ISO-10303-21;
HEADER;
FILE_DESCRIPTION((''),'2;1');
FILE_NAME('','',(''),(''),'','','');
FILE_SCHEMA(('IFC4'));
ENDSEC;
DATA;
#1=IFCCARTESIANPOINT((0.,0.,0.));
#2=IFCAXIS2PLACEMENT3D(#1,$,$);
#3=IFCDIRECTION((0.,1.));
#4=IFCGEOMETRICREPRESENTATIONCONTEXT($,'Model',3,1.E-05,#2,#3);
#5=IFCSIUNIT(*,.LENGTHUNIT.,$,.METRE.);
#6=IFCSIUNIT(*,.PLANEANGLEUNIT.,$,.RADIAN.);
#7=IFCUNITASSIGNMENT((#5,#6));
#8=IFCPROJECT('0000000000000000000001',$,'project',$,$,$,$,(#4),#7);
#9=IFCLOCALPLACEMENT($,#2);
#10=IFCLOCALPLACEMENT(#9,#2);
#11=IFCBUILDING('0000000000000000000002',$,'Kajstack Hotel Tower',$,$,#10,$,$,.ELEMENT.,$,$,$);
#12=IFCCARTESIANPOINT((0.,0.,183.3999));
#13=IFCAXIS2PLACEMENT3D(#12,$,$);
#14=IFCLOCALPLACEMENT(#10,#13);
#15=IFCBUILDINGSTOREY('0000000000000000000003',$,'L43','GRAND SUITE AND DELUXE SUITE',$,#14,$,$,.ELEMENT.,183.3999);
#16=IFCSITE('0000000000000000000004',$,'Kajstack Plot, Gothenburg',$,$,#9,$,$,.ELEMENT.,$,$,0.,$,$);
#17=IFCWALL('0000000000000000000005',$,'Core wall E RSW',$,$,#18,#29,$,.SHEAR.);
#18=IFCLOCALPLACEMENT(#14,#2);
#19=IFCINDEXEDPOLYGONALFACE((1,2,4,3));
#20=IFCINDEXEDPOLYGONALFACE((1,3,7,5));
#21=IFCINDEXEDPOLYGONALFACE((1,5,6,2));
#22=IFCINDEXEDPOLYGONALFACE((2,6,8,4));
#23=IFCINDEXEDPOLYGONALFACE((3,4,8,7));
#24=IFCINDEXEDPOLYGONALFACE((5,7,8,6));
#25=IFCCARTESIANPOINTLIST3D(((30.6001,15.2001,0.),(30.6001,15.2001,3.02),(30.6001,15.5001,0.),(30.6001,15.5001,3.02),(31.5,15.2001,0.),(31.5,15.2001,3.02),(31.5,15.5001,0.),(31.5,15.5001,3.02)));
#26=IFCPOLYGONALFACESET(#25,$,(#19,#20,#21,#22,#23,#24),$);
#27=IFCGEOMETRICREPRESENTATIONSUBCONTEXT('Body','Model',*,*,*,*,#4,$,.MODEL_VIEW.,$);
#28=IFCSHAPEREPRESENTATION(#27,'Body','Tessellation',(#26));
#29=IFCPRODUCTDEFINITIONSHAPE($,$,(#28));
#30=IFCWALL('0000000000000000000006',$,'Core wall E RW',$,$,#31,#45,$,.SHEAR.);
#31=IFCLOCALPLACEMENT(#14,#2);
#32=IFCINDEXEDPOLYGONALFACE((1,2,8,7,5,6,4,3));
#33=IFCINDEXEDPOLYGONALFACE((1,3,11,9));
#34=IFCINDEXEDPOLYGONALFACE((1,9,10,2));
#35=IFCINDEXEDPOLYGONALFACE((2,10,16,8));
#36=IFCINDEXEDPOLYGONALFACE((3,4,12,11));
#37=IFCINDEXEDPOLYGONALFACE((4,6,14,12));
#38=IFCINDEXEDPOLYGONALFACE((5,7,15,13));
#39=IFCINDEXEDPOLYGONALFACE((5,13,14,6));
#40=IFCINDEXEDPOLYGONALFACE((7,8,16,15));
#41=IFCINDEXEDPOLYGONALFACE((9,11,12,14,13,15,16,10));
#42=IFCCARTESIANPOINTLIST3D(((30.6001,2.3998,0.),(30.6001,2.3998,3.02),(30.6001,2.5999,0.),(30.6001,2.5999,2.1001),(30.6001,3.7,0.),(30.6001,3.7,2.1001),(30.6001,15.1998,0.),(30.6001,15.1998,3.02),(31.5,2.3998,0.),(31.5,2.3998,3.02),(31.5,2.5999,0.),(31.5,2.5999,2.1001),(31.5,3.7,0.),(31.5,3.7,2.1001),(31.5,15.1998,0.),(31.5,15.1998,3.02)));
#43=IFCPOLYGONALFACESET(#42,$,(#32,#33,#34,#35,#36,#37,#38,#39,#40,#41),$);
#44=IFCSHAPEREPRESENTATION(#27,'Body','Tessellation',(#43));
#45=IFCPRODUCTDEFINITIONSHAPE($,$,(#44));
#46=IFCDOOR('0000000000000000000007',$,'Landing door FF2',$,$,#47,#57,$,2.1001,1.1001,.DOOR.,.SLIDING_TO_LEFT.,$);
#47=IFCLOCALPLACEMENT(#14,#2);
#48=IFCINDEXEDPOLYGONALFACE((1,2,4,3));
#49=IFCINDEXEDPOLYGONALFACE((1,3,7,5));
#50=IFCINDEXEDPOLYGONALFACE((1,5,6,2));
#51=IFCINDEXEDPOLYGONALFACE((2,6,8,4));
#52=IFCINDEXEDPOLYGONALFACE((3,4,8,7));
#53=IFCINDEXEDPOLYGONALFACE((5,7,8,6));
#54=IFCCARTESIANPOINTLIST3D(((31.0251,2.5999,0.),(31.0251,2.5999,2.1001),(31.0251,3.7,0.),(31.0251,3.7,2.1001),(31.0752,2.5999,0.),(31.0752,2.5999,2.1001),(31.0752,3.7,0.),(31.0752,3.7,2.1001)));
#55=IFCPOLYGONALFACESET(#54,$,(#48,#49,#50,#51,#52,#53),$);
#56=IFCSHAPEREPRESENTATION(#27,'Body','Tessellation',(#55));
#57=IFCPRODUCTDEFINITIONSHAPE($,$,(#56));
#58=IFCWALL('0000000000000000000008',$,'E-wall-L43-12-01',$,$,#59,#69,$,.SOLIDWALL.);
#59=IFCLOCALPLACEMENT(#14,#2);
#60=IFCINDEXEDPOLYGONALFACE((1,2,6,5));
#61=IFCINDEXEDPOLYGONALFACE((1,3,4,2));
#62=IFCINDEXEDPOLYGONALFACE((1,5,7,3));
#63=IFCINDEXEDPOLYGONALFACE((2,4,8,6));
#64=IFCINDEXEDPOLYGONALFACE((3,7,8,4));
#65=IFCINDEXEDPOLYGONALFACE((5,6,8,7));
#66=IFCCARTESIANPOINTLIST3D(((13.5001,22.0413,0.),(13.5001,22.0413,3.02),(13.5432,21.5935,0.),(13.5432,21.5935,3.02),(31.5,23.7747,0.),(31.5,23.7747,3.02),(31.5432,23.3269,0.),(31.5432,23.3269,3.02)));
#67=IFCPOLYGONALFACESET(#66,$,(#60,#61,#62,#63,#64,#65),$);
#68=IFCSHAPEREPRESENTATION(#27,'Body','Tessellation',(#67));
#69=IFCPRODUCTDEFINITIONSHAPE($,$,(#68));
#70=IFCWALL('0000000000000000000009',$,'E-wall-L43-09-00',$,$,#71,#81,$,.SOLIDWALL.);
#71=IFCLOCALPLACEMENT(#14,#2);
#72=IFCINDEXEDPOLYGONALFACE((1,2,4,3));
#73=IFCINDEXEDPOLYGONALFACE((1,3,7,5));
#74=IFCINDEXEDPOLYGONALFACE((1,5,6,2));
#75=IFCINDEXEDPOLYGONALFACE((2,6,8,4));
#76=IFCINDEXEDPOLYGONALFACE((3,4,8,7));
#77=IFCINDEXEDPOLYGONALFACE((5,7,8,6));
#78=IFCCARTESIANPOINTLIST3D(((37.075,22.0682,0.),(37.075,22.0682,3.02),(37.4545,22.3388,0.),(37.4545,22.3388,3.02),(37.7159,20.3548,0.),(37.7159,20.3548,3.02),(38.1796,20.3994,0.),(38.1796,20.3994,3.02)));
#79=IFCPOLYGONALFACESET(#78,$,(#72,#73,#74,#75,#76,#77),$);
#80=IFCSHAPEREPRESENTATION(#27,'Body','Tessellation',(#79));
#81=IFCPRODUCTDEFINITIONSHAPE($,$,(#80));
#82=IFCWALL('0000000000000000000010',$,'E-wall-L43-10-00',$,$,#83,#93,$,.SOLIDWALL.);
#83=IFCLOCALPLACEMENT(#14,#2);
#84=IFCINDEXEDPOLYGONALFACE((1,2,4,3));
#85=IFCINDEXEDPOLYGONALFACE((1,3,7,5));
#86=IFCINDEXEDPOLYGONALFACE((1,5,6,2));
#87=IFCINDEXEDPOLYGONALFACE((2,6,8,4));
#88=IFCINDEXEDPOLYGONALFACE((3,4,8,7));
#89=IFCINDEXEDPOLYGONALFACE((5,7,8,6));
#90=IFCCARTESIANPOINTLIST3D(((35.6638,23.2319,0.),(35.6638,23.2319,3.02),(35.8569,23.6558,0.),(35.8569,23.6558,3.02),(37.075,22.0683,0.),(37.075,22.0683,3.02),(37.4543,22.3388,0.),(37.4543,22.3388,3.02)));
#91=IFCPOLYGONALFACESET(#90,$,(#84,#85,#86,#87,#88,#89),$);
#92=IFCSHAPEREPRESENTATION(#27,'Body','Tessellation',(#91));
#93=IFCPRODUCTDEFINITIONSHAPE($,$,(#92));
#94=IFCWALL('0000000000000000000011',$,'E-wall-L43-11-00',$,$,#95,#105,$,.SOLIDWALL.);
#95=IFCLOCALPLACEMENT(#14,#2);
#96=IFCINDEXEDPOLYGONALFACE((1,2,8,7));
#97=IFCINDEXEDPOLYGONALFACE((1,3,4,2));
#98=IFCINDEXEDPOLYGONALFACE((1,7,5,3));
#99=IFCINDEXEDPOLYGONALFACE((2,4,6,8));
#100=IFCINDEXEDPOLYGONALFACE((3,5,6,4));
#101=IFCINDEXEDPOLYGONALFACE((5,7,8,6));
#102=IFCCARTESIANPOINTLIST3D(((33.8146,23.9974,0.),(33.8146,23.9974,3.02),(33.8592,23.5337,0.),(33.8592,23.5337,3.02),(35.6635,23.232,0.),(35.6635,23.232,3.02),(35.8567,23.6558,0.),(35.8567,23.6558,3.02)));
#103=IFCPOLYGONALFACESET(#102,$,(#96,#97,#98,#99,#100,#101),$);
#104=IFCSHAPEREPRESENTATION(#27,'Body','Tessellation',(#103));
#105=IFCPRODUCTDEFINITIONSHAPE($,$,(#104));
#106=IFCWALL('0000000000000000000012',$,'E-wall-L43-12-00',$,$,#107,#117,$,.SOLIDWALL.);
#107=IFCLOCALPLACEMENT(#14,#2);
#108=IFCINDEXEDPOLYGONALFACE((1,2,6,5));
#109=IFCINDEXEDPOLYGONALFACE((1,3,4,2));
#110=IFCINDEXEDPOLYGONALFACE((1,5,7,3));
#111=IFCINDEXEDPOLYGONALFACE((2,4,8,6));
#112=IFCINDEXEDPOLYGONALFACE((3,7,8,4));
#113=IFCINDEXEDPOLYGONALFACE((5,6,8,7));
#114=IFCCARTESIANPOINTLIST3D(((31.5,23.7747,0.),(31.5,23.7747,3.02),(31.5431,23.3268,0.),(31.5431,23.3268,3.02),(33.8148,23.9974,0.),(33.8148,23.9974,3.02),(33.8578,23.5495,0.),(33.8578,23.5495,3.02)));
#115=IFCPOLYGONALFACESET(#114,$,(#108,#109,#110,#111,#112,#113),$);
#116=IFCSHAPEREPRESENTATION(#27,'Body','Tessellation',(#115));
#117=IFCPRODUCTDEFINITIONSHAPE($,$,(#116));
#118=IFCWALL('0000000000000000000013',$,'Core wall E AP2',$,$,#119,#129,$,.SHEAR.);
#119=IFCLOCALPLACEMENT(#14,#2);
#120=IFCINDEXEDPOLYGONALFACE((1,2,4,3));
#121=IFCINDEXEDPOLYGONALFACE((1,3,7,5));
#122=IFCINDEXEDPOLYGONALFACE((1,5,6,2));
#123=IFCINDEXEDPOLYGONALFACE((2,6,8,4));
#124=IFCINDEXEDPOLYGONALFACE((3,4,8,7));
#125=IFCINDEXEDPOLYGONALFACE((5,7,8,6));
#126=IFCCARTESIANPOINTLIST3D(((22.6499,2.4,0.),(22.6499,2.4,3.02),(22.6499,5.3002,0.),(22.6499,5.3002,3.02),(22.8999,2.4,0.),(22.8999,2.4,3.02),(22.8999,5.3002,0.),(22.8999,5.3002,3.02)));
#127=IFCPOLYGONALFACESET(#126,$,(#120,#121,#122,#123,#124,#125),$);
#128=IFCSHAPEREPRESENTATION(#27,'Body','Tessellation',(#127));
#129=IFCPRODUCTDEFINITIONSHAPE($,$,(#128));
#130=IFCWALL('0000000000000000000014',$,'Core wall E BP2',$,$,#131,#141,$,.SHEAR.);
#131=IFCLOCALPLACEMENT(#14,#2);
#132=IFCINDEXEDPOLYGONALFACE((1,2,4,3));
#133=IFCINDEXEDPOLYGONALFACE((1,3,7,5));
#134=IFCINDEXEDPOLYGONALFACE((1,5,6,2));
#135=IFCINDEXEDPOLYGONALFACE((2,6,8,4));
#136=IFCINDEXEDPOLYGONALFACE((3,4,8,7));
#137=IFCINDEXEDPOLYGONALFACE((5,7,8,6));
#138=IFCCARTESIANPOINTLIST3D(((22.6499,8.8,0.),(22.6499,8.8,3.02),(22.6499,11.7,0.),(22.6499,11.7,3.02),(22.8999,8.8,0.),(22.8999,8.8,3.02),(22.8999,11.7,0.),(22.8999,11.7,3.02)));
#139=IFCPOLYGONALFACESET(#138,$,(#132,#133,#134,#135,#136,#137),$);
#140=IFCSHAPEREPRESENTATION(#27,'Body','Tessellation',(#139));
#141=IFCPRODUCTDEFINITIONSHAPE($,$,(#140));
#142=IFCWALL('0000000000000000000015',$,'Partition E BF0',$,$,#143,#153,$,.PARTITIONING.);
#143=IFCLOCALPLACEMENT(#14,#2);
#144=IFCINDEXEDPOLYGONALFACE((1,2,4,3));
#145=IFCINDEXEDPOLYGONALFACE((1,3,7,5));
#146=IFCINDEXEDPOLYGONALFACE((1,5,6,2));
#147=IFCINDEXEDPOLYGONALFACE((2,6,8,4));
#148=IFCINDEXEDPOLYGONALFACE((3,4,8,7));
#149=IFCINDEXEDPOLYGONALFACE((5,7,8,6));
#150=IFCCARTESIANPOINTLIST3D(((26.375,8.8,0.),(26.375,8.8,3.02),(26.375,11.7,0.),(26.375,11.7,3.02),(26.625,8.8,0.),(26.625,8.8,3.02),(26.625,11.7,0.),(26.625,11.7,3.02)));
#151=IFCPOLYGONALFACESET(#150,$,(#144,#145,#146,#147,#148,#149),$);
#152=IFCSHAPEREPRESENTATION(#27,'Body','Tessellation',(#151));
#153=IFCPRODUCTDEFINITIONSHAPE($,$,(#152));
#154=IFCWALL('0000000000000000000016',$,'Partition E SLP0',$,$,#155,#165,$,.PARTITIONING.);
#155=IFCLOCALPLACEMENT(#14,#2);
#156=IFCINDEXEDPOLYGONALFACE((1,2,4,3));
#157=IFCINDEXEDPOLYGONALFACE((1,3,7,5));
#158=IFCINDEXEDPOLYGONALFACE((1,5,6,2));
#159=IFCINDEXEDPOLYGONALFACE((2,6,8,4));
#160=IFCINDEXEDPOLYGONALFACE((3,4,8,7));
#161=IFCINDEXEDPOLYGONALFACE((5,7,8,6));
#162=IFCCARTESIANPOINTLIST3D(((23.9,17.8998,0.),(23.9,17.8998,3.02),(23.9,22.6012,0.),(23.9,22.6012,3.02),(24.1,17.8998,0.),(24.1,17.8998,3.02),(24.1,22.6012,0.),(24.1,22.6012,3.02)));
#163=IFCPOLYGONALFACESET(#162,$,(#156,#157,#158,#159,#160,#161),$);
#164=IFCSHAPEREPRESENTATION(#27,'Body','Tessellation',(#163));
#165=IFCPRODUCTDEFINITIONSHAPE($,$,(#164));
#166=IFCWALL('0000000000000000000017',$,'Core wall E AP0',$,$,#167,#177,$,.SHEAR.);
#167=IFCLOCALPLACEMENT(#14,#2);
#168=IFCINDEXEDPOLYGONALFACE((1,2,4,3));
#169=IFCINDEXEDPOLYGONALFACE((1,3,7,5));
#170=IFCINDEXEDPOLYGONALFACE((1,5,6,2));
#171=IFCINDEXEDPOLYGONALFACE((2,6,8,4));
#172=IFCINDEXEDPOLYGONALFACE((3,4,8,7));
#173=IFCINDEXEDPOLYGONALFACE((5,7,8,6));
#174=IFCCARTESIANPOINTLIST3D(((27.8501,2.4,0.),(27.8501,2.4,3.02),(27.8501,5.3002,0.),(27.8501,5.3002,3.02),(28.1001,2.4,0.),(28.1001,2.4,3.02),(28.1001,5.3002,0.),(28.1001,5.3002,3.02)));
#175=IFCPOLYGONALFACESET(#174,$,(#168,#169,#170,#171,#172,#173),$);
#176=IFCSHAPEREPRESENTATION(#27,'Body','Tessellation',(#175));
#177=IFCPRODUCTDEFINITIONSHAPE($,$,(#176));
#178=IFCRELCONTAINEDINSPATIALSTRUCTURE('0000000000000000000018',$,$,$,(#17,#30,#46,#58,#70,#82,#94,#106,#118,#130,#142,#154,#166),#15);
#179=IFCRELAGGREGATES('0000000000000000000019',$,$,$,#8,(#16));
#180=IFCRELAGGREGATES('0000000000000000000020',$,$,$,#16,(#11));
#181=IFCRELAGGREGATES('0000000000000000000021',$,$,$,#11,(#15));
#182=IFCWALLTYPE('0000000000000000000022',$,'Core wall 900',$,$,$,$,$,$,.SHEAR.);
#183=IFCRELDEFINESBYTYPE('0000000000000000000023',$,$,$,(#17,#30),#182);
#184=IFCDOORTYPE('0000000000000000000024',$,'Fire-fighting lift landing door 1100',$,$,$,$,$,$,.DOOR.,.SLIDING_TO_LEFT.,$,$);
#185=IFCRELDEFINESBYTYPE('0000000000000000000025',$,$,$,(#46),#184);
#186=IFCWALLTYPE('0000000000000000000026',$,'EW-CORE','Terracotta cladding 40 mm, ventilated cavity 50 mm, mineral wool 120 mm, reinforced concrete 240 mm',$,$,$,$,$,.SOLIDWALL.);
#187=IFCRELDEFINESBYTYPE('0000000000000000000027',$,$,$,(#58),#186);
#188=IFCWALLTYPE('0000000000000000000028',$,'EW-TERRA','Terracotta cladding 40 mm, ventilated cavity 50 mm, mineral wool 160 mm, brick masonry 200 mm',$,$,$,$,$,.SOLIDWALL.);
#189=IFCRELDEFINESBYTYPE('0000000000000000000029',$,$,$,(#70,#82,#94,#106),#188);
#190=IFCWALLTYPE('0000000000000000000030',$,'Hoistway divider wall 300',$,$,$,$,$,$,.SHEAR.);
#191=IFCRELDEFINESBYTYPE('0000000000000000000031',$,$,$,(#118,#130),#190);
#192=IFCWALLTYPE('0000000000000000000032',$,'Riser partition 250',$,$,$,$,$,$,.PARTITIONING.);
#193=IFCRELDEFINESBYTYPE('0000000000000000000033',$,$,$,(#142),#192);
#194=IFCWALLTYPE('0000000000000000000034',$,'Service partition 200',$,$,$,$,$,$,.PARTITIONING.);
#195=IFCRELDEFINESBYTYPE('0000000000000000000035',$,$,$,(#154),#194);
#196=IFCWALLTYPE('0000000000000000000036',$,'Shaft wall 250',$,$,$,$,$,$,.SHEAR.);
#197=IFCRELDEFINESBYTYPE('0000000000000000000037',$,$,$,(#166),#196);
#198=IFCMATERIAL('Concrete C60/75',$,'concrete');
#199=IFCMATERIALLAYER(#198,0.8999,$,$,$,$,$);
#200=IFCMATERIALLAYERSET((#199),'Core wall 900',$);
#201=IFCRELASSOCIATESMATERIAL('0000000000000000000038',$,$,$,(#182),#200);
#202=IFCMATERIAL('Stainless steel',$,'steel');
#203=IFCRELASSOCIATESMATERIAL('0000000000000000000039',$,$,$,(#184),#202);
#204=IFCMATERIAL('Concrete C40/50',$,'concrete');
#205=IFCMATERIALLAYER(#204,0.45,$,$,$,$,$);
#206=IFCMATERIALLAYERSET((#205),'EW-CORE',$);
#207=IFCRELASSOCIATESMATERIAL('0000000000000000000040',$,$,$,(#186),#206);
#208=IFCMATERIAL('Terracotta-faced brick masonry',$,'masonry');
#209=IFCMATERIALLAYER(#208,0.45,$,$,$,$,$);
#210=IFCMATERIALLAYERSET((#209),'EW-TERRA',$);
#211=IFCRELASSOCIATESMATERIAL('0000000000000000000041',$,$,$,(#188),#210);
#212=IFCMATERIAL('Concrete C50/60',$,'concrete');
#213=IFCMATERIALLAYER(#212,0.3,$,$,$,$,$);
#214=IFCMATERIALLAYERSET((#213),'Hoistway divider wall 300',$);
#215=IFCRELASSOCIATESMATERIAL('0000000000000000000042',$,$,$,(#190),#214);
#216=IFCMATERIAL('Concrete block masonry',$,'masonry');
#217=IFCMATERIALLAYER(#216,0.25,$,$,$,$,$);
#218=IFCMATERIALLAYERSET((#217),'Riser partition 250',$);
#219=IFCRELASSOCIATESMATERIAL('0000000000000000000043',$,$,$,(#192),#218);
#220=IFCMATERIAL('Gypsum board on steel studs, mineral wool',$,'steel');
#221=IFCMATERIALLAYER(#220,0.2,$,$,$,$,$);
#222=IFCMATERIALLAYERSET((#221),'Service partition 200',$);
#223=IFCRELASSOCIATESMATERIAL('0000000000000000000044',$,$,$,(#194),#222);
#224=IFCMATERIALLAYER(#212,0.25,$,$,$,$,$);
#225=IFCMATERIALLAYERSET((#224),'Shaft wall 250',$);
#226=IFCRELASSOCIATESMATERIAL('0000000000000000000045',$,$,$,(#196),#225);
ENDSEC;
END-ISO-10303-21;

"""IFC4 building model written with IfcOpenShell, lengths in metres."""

from ifc_helpers import new_model, si_unit, direction, frame, frame_2d, origin, place, context, subcontext, project, spatial, polyline, rectangle, outline, extrude, material, layer, layer_set, type_object, element, fill, save


model = new_model("IFC4")

# Units and contexts
model_context = context("Model", 3, precision=1e-05, world=origin(), true_north=direction((0.0, 1.0)))
body_context = subcontext(model_context, "Body", "Model", "MODEL_VIEW")
ifc_project = project(units=[si_unit("LENGTHUNIT", "METRE"), si_unit("PLANEANGLEUNIT", "RADIAN")], contexts=[model_context])

# Site, building, storey
site_placement = place(None, origin())
site = spatial("IfcSite", under=ifc_project, at=site_placement, Name="Kajstack Plot, Gothenburg", CompositionType="ELEMENT", RefElevation=0.0)
building_placement = place(site_placement, origin())
building = spatial("IfcBuilding", under=site, at=building_placement, Name="Kajstack Hotel Tower", CompositionType="ELEMENT")
storey_placement = place(building_placement, frame((0.0, 0.0, 183.3999)))
storey = spatial("IfcBuildingStorey", under=building, at=storey_placement, Name="L43", Description="GRAND SUITE AND DELUXE SUITE", CompositionType="ELEMENT", Elevation=183.3999)

# Wall
ifc_material_1 = material(Name="Concrete C60/75", Category="concrete")
ifc_layer_1 = layer(ifc_material_1, 0.8999)
ifc_layer_set_1 = layer_set([ifc_layer_1], Name="Core wall 900")
wall_type_1 = type_object("IfcWallType", Name="Core wall 900", PredefinedType="SHEAR", material=ifc_layer_set_1)
wall_1_placement = place(storey_placement, frame((30.6001, 15.3501, 0.0), z_axis=(0.0, 0.0, 1.0), x_axis=(1.0, 0.0, 0.0)))
element("IfcWall", 1, at=wall_1_placement, inside=storey, type_object=wall_type_1, Name="Core wall E RSW", PredefinedType="SHEAR", context=body_context, shape_type="SweptSolid", body=[
    extrude(rectangle(XDim=0.8999, YDim=0.3, at=frame_2d((0.45, 0.0))), origin(), (0.0, 0.0, 1.0), 3.02),
])

# Wall, opening, door
wall_2_placement = place(storey_placement, frame((31.05, 2.3999, 0.0), z_axis=(0.0, 0.0, 1.0), x_axis=(0.0, 1.0, 0.0)))
wall_2 = element("IfcWall", 2, at=wall_2_placement, inside=storey, type_object=wall_type_1, Name="Core wall E RW", PredefinedType="SHEAR", context=body_context, shape_type="SweptSolid", body=[
    extrude(rectangle(XDim=12.8, YDim=0.8999, at=frame_2d((6.3999, 0.0))), origin(), (0.0, 0.0, 1.0), 3.02),
])
opening_1_placement = place(wall_2_placement, frame((0.2, 0.0, 0.0)))
opening_1 = element("IfcOpeningElement", 3, at=opening_1_placement, cuts=wall_2, PredefinedType="OPENING", context=body_context, shape_type="SweptSolid", body=[
    extrude(rectangle(XDim=1.1001, YDim=2.1001, at=frame_2d((0.55, 1.05))), frame((0.0, 0.46, 0.0), z_axis=(0.0, -1.0, 0.0), x_axis=(1.0, 0.0, 0.0)), (0.0, 0.0, 1.0), 0.9199),
])
ifc_material_2 = material(Name="Stainless steel", Category="steel")
door_type_1 = type_object("IfcDoorType", Name="Fire-fighting lift landing door 1100", OperationType="SLIDING_TO_LEFT", PredefinedType="DOOR", material=ifc_material_2)
door_1_placement = place(opening_1_placement, origin())
door_1 = element("IfcDoor", 4, at=door_1_placement, inside=storey, type_object=door_type_1, Name="Landing door FF2", OperationType="SLIDING_TO_LEFT", OverallHeight=2.1001, OverallWidth=1.1001, PredefinedType="DOOR", context=body_context, shape_type="SweptSolid", body=[
    extrude(rectangle(XDim=1.1001, YDim=2.1001, at=frame_2d((0.55, 1.05))), frame((0.0, 0.0249, 0.0), z_axis=(0.0, -1.0, 0.0), x_axis=(1.0, 0.0, 0.0)), (0.0, 0.0, 1.0), 0.05),
])
fill(opening_1, door_1)

# Walls
ifc_material_3 = material(Name="Concrete C40/50", Category="concrete")
ifc_layer_2 = layer(ifc_material_3, 0.45)
ifc_layer_set_2 = layer_set([ifc_layer_2], Name="EW-CORE")
wall_type_2 = type_object("IfcWallType", Name="EW-CORE", Description="Terracotta cladding 40 mm, ventilated cavity 50 mm, mineral wool 120 mm, reinforced concrete 240 mm", PredefinedType="SOLIDWALL", material=ifc_layer_set_2)
wall_3_placement = place(storey_placement, frame((31.5215, 23.5508, 0.0), z_axis=(0.0, 0.0, 1.0), x_axis=(-0.995395, -0.095856, 0.0)))
element("IfcWall", 5, at=wall_3_placement, inside=storey, type_object=wall_type_2, Name="E-wall-L43-12-01", PredefinedType="SOLIDWALL", context=body_context, shape_type="SweptSolid", body=[
    extrude(rectangle(XDim=18.0833, YDim=0.45, at=frame_2d((9.0415, 0.0))), origin(), (0.0, 0.0, 1.0), 3.02),
])
ifc_material_4 = material(Name="Terracotta-faced brick masonry", Category="masonry")
ifc_layer_3 = layer(ifc_material_4, 0.45)
ifc_layer_set_3 = layer_set([ifc_layer_3], Name="EW-TERRA")
wall_type_3 = type_object("IfcWallType", Name="EW-TERRA", Description="Terracotta cladding 40 mm, ventilated cavity 50 mm, mineral wool 160 mm, brick masonry 200 mm", PredefinedType="SOLIDWALL", material=ifc_layer_set_3)
wall_4_placement = place(storey_placement, frame((37.9688, 20.3206, 0.0), z_axis=(0.0, 0.0, 1.0), x_axis=(-0.350193, 0.936678, 0.0)))
element("IfcWall", 6, at=wall_4_placement, inside=storey, type_object=wall_type_3, Name="E-wall-L43-09-00", PredefinedType="SOLIDWALL", context=body_context, shape_type="SweptSolid", body=[
    extrude(outline(polyline([(0.0, -0.2251), (2.0706, -0.2251), (1.95, 0.2251), (0.1206, 0.2249), (0.0, -0.2251)])), origin(), (0.0, 0.0, 1.0), 3.02),
])
wall_5_placement = place(storey_placement, frame((37.3113, 22.1653, 0.0), z_axis=(0.0, 0.0, 1.0), x_axis=(-0.771651, 0.636046, 0.0)))
element("IfcWall", 7, at=wall_5_placement, inside=storey, type_object=wall_type_3, Name="E-wall-L43-10-00", PredefinedType="SOLIDWALL", context=body_context, shape_type="SweptSolid", body=[
    extrude(outline(polyline([(0.0, -0.2249), (2.0703, -0.2251), (1.9497, 0.2249), (0.1206, 0.2251), (0.0, -0.2249)])), origin(), (0.0, 0.0, 1.0), 3.02),
])
wall_6_placement = place(storey_placement, frame((35.8196, 23.4338, 0.0), z_axis=(0.0, 0.0, 1.0), x_axis=(-0.986279, 0.165087, 0.0)))
element("IfcWall", 8, at=wall_6_placement, inside=storey, type_object=wall_type_3, Name="E-wall-L43-11-00", PredefinedType="SOLIDWALL", context=body_context, shape_type="SweptSolid", body=[
    extrude(outline(polyline([(0.0, -0.2251), (2.0706, -0.2249), (1.95, 0.2251), (0.1206, 0.2249), (0.0, -0.2251)])), origin(), (0.0, 0.0, 1.0), 3.02),
])
wall_7_placement = place(storey_placement, frame((33.8362, 23.7734, 0.0), z_axis=(0.0, 0.0, 1.0), x_axis=(-0.995405, -0.09575, 0.0)))
element("IfcWall", 9, at=wall_7_placement, inside=storey, type_object=wall_type_3, Name="E-wall-L43-12-00", PredefinedType="SOLIDWALL", context=body_context, shape_type="SweptSolid", body=[
    extrude(rectangle(XDim=2.3254, YDim=0.45, at=frame_2d((1.1626, 0.0))), origin(), (0.0, 0.0, 1.0), 3.02),
])
ifc_material_5 = material(Name="Concrete C50/60", Category="concrete")
ifc_layer_4 = layer(ifc_material_5, 0.3)
ifc_layer_set_4 = layer_set([ifc_layer_4], Name="Hoistway divider wall 300")
wall_type_4 = type_object("IfcWallType", Name="Hoistway divider wall 300", PredefinedType="SHEAR", material=ifc_layer_set_4)
wall_8_placement = place(storey_placement, frame((22.7749, 2.3999, 0.0), z_axis=(0.0, 0.0, 1.0), x_axis=(0.0, 1.0, 0.0)))
element("IfcWall", 10, at=wall_8_placement, inside=storey, type_object=wall_type_4, Name="Core wall E AP2", PredefinedType="SHEAR", context=body_context, shape_type="SweptSolid", body=[
    extrude(rectangle(XDim=2.9001, YDim=0.25, at=frame_2d((1.4502, 0.0))), origin(), (0.0, 0.0, 1.0), 3.02),
])
wall_9_placement = place(storey_placement, frame((22.7749, 8.8, 0.0), z_axis=(0.0, 0.0, 1.0), x_axis=(0.0, 1.0, 0.0)))
element("IfcWall", 11, at=wall_9_placement, inside=storey, type_object=wall_type_4, Name="Core wall E BP2", PredefinedType="SHEAR", context=body_context, shape_type="SweptSolid", body=[
    extrude(rectangle(XDim=2.8999, YDim=0.25, at=frame_2d((1.45, 0.0))), origin(), (0.0, 0.0, 1.0), 3.02),
])
ifc_material_6 = material(Name="Concrete block masonry", Category="masonry")
ifc_layer_5 = layer(ifc_material_6, 0.25)
ifc_layer_set_5 = layer_set([ifc_layer_5], Name="Riser partition 250")
wall_type_5 = type_object("IfcWallType", Name="Riser partition 250", PredefinedType="PARTITIONING", material=ifc_layer_set_5)
wall_10_placement = place(storey_placement, frame((26.5, 8.8, 0.0), z_axis=(0.0, 0.0, 1.0), x_axis=(0.0, 1.0, 0.0)))
element("IfcWall", 12, at=wall_10_placement, inside=storey, type_object=wall_type_5, Name="Partition E BF0", PredefinedType="PARTITIONING", context=body_context, shape_type="SweptSolid", body=[
    extrude(rectangle(XDim=2.8999, YDim=0.25, at=frame_2d((1.45, 0.0))), origin(), (0.0, 0.0, 1.0), 3.02),
])
ifc_material_7 = material(Name="Gypsum board on steel studs, mineral wool", Category="steel")
ifc_layer_6 = layer(ifc_material_7, 0.2)
ifc_layer_set_6 = layer_set([ifc_layer_6], Name="Service partition 200")
wall_type_6 = type_object("IfcWallType", Name="Service partition 200", PredefinedType="PARTITIONING", material=ifc_layer_set_6)
wall_11_placement = place(storey_placement, frame((24.0, 17.8999, 0.0), z_axis=(0.0, 0.0, 1.0), x_axis=(0.0, 1.0, 0.0)))
element("IfcWall", 13, at=wall_11_placement, inside=storey, type_object=wall_type_6, Name="Partition E SLP0", PredefinedType="PARTITIONING", context=body_context, shape_type="SweptSolid", body=[
    extrude(rectangle(XDim=4.7014, YDim=0.2, at=frame_2d((2.3506, 0.0))), origin(), (0.0, 0.0, 1.0), 3.02),
])
ifc_layer_7 = layer(ifc_material_5, 0.25)
ifc_layer_set_7 = layer_set([ifc_layer_7], Name="Shaft wall 250")
wall_type_7 = type_object("IfcWallType", Name="Shaft wall 250", PredefinedType="SHEAR", material=ifc_layer_set_7)
wall_12_placement = place(storey_placement, frame((27.9751, 2.3999, 0.0), z_axis=(0.0, 0.0, 1.0), x_axis=(0.0, 1.0, 0.0)))
element("IfcWall", 14, at=wall_12_placement, inside=storey, type_object=wall_type_7, Name="Core wall E AP0", PredefinedType="SHEAR", context=body_context, shape_type="SweptSolid", body=[
    extrude(rectangle(XDim=2.9001, YDim=0.25, at=frame_2d((1.4502, 0.0))), origin(), (0.0, 0.0, 1.0), 3.02),
])

save(model, "model.ifc")
